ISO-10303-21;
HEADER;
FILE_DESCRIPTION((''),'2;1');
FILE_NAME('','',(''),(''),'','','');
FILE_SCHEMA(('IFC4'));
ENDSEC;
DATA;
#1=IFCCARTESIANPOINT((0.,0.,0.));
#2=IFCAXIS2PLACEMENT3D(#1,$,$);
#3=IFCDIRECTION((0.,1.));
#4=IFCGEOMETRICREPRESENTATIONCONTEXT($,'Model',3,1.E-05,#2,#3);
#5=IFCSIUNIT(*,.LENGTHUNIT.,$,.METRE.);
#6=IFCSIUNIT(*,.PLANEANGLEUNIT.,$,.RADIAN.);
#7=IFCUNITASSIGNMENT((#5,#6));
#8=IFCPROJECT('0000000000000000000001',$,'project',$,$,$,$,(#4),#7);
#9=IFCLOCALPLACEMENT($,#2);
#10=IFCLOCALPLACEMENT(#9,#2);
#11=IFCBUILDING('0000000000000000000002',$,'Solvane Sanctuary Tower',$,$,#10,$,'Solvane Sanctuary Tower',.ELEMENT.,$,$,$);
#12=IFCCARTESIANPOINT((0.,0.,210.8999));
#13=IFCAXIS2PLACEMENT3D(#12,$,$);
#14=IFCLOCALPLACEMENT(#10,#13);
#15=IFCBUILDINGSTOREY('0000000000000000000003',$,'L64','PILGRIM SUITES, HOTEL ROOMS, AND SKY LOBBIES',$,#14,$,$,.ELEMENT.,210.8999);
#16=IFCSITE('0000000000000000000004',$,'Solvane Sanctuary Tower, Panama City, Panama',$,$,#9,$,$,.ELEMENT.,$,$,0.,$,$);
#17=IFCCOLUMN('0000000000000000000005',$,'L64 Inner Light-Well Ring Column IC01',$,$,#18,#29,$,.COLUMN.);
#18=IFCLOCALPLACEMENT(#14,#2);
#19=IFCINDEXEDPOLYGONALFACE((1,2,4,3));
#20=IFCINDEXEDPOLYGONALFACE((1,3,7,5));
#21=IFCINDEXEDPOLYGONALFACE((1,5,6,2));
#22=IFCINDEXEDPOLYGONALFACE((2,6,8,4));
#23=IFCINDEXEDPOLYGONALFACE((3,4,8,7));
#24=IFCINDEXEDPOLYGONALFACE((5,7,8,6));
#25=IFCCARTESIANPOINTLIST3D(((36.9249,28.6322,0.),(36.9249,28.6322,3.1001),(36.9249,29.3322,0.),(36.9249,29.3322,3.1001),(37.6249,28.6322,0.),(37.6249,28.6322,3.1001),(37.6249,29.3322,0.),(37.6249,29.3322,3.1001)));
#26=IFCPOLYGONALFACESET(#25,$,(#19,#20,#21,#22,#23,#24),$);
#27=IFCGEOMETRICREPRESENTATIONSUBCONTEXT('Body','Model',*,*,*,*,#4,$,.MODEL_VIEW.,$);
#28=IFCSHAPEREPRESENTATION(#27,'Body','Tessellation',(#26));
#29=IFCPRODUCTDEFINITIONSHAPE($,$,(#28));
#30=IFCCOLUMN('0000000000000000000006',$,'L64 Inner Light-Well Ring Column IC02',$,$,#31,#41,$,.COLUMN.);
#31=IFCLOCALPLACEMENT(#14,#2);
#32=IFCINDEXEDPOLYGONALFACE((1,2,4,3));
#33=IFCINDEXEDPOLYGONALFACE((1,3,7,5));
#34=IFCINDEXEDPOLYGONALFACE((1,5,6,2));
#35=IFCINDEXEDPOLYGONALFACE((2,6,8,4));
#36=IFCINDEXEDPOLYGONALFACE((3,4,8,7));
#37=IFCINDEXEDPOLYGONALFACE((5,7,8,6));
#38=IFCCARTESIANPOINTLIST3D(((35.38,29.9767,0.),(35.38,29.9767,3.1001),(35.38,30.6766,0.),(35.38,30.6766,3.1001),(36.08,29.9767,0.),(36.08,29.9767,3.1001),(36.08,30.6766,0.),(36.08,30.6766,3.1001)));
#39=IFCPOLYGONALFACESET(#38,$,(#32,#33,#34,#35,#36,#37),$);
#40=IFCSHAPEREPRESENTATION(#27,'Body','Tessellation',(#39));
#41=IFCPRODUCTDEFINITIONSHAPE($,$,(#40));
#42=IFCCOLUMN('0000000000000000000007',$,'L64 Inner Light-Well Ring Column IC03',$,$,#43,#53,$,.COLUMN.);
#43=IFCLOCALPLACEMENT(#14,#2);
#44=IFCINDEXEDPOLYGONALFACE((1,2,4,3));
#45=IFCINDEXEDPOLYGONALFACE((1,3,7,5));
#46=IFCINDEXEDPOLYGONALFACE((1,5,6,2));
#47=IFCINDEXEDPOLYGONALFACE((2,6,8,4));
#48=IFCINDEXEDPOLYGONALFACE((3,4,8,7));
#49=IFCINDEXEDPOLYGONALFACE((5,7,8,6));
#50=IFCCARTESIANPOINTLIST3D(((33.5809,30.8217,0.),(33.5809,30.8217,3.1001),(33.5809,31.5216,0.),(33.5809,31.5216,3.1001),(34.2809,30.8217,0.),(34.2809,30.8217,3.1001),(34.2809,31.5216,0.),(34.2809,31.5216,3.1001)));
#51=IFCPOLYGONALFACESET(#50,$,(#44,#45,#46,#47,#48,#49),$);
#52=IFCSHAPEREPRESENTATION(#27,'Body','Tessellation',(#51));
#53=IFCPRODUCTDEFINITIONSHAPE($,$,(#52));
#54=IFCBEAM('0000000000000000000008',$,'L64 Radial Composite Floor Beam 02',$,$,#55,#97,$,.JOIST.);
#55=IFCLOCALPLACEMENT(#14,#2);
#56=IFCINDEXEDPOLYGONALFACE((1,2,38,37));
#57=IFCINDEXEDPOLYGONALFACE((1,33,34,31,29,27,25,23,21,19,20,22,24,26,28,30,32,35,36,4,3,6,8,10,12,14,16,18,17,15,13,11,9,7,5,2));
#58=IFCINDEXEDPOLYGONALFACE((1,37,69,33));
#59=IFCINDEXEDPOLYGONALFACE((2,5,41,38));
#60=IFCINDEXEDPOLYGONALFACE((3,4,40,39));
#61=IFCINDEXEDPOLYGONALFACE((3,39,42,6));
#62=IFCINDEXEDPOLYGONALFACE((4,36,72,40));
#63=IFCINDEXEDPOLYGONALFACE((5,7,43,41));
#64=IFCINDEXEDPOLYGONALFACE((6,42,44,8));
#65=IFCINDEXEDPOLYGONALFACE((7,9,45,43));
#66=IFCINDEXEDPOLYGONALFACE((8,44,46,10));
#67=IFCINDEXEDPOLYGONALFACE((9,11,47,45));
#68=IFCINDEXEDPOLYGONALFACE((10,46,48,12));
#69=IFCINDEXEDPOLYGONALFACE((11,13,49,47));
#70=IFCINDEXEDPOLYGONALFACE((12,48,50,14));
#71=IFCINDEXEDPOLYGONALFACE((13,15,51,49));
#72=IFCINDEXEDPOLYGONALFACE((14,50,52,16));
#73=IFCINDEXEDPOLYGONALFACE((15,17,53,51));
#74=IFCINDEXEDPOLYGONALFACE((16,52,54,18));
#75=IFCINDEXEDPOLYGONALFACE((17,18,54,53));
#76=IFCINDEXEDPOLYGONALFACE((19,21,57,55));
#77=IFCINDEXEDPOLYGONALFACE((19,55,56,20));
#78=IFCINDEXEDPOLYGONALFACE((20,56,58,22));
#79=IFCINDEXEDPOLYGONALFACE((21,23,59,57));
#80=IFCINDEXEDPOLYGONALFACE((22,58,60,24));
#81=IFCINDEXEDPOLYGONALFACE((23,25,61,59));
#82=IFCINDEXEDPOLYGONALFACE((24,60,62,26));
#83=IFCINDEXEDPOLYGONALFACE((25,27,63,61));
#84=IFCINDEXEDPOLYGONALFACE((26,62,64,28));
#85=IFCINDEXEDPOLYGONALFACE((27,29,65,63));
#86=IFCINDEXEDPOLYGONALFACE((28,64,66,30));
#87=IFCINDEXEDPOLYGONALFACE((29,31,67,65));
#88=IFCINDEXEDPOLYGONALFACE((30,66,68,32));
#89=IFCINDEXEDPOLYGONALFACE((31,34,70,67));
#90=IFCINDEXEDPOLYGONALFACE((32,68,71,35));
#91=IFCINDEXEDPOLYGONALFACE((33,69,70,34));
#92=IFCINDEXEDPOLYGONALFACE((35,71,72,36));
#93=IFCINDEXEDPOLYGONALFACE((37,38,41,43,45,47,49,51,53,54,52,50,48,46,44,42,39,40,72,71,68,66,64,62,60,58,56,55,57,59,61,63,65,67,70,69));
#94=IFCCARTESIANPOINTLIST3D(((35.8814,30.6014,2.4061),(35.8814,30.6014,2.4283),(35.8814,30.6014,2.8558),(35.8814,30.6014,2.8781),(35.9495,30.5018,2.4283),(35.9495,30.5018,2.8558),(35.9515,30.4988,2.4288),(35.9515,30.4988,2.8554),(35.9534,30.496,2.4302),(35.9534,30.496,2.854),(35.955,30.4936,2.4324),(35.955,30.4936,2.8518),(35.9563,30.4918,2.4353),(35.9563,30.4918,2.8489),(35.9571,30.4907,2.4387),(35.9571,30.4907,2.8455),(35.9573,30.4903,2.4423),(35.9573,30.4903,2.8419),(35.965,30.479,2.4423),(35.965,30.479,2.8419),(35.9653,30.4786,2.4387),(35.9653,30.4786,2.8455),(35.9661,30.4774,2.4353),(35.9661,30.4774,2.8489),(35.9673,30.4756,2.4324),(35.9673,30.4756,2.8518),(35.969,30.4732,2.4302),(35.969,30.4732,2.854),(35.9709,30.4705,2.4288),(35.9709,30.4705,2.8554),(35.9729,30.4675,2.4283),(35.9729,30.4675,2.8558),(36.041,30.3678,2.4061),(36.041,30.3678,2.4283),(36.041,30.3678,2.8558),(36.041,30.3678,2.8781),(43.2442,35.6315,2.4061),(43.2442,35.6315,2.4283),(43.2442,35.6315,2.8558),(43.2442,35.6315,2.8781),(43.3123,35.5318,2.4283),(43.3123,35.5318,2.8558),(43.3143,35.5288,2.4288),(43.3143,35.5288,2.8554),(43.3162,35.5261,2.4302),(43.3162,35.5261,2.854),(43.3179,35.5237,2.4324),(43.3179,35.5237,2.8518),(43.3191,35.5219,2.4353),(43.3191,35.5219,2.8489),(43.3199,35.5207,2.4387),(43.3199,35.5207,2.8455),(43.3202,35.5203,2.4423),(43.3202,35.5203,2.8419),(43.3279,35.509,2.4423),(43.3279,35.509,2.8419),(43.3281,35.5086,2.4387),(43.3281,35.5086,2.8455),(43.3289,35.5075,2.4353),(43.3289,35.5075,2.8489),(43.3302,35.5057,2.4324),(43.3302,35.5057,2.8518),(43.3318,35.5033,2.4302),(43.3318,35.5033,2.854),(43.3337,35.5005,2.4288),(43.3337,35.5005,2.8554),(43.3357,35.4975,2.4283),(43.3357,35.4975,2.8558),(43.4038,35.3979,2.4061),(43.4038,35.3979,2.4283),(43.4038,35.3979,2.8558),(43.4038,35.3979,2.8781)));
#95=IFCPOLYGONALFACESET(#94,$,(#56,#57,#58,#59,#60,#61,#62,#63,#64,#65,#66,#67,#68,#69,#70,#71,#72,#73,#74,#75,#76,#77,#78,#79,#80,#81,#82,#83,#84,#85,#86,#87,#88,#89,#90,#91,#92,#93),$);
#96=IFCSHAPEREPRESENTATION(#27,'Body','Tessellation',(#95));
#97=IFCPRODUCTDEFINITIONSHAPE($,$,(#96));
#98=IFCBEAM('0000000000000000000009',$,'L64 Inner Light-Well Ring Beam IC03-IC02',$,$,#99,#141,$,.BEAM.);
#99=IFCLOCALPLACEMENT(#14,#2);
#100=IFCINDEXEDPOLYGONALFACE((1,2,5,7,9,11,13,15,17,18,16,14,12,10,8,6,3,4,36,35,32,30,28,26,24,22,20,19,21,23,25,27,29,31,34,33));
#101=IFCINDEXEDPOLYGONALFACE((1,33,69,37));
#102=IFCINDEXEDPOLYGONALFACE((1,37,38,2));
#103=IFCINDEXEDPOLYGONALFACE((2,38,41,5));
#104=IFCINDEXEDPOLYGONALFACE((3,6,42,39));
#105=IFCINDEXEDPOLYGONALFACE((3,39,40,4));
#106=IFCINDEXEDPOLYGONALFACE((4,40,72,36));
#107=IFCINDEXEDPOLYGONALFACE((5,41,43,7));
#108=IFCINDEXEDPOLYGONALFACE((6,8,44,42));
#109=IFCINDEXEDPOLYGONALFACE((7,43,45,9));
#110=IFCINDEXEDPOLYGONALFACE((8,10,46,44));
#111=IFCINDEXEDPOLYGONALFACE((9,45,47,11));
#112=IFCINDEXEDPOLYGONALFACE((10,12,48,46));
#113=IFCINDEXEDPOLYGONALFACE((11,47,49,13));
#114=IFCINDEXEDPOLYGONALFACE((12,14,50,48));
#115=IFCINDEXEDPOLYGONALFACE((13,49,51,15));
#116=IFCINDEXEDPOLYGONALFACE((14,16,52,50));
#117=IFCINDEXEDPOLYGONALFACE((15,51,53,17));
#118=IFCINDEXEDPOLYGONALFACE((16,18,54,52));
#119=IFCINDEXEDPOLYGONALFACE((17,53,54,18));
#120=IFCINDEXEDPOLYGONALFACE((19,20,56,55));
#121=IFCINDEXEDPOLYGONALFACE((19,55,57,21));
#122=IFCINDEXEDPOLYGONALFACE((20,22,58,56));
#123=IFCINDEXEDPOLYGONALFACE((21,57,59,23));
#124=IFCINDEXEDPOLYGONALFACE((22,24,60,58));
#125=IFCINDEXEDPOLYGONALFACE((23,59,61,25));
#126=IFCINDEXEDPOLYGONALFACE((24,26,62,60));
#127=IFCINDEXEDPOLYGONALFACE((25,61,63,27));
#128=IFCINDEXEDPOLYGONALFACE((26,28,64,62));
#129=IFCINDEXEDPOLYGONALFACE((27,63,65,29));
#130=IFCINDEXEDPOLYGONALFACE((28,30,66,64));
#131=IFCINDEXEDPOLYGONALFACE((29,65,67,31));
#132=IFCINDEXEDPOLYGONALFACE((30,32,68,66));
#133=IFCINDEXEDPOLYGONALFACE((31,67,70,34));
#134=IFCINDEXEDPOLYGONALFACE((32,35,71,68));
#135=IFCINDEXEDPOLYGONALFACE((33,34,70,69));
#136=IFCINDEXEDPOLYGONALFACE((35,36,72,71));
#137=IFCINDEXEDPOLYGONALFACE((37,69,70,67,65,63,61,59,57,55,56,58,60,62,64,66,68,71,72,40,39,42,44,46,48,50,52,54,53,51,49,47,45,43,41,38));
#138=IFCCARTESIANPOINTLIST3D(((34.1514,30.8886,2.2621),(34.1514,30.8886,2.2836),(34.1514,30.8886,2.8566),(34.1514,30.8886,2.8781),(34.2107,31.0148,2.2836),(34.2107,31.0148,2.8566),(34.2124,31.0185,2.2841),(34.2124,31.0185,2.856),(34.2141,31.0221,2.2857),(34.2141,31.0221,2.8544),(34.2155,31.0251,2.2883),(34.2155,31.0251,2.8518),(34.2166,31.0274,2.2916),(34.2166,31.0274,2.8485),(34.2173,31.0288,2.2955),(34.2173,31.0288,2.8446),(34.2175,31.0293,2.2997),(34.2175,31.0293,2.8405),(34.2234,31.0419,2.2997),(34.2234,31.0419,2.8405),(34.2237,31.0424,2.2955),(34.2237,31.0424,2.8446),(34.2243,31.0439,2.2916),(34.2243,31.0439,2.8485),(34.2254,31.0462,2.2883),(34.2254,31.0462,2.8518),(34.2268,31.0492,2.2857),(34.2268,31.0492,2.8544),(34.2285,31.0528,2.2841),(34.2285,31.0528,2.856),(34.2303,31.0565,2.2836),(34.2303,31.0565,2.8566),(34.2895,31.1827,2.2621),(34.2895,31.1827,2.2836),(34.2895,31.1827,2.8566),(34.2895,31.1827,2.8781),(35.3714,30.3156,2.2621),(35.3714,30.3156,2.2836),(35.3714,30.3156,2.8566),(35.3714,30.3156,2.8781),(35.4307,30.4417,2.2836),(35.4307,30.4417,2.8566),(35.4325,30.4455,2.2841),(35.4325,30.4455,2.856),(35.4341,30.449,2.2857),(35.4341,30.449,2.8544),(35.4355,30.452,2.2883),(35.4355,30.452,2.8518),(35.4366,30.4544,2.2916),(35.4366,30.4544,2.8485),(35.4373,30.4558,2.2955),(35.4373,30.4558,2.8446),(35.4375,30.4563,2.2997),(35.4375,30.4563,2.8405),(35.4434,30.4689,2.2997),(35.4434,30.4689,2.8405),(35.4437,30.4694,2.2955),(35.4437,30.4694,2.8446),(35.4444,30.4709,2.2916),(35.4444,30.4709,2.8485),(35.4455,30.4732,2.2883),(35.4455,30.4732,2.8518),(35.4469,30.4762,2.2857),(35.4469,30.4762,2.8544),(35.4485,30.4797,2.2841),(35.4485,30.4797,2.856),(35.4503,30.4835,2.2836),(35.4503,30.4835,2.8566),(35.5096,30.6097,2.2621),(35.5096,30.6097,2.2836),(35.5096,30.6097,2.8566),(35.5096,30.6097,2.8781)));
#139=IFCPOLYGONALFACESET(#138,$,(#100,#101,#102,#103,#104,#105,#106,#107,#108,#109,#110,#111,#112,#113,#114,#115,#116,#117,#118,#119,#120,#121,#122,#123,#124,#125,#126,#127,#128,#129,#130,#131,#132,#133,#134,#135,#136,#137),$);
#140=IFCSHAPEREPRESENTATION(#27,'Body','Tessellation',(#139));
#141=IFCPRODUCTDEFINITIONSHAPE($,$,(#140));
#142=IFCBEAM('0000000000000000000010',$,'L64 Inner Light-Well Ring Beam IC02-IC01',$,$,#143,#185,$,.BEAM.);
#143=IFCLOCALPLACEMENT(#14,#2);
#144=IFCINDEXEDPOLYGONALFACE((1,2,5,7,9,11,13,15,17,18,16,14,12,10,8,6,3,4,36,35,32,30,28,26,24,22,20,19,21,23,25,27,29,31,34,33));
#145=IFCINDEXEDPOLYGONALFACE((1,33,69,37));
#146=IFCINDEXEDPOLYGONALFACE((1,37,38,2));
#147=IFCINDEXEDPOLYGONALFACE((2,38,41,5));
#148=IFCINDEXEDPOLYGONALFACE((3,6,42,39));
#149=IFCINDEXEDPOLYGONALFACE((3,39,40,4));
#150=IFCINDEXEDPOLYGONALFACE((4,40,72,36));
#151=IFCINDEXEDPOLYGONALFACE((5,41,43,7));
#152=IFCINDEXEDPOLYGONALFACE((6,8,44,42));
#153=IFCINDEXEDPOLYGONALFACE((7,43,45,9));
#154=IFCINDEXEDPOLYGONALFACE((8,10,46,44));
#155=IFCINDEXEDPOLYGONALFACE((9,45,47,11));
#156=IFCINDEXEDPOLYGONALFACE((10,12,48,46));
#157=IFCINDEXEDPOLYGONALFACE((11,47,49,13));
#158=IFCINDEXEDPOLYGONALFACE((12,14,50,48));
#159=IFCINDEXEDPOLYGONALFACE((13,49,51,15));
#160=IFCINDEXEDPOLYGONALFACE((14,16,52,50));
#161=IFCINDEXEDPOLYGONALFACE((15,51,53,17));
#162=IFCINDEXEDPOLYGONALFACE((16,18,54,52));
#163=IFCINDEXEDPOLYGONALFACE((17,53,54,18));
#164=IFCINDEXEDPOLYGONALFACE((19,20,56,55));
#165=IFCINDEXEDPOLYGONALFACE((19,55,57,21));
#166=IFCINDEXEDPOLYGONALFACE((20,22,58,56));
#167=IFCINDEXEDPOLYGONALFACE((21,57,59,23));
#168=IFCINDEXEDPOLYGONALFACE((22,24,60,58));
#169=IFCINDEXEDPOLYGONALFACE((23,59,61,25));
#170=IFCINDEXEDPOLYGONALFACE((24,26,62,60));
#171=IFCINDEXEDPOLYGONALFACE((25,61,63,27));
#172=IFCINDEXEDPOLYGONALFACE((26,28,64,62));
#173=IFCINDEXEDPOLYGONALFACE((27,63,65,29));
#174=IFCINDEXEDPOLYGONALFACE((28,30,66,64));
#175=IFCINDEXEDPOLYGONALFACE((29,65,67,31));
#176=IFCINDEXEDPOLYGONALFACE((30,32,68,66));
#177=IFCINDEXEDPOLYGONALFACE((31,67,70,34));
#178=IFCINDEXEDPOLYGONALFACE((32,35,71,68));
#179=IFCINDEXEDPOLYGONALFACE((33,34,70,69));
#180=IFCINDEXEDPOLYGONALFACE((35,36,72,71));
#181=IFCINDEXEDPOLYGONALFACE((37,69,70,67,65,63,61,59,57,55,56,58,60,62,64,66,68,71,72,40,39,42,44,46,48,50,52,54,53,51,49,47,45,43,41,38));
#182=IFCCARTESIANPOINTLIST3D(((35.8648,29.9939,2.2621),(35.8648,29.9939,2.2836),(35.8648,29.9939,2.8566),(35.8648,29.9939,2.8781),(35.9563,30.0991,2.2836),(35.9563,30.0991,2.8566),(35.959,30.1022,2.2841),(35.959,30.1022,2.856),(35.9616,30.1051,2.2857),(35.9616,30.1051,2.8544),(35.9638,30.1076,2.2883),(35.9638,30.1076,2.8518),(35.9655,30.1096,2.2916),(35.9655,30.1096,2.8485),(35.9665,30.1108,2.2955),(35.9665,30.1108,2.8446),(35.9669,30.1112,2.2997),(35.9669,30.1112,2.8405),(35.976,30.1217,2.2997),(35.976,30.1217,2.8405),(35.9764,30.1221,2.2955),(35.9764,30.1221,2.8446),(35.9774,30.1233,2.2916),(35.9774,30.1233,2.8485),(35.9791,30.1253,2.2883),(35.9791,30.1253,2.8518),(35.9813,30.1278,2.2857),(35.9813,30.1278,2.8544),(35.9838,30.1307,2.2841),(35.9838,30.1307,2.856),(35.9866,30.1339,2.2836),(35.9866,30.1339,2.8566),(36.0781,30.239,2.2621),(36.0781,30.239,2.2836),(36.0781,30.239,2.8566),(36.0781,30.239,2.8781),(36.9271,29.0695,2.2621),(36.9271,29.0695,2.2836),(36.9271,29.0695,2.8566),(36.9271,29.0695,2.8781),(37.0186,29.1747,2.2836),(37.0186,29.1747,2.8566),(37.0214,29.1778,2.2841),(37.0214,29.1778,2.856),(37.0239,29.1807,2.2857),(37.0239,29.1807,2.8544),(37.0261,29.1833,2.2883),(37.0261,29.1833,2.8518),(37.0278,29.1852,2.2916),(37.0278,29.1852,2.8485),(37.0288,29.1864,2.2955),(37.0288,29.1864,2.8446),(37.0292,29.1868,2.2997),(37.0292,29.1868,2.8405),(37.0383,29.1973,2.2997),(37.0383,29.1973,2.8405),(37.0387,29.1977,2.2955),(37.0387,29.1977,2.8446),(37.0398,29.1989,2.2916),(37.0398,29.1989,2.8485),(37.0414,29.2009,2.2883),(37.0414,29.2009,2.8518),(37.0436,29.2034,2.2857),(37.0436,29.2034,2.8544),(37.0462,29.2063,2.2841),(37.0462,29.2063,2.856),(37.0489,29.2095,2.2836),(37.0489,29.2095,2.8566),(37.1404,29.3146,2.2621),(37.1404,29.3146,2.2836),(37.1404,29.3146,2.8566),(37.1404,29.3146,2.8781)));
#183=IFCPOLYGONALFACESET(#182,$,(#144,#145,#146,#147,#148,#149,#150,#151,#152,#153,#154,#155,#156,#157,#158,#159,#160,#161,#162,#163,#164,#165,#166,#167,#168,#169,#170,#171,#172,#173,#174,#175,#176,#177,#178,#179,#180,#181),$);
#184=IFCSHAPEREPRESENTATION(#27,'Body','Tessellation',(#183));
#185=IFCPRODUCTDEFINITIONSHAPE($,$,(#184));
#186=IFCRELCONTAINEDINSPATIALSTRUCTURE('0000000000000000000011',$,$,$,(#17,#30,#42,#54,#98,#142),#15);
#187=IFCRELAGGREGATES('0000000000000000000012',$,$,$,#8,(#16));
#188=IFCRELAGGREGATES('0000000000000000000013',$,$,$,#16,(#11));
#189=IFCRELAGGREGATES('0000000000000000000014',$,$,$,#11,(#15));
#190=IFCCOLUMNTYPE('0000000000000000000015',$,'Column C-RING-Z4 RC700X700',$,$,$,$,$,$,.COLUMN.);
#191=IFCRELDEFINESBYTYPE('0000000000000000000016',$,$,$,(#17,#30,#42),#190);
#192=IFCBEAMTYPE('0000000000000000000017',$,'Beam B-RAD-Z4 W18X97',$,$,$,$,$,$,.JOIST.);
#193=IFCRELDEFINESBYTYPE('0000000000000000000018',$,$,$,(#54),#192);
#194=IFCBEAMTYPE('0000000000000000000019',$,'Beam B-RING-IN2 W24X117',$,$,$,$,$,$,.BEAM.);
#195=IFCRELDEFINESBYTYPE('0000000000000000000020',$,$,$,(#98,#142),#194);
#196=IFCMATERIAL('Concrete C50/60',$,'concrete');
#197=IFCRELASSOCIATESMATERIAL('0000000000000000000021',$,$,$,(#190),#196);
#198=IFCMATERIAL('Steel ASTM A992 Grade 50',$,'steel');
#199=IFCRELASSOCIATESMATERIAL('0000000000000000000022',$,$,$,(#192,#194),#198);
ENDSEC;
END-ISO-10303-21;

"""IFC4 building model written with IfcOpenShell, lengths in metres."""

from ifc_helpers import new_model, si_unit, direction, frame, origin, origin_2d, place, context, subcontext, project, spatial, rectangle, i_section, extrude, material, material_profile, profile_set, type_object, element, save


model = new_model("IFC4")

# Units and contexts
model_context = context("Model", 3, precision=1e-05, world=origin(), true_north=direction((0.0, 1.0)))
body_context = subcontext(model_context, "Body", "Model", "MODEL_VIEW")
ifc_project = project(units=[si_unit("LENGTHUNIT", "METRE"), si_unit("PLANEANGLEUNIT", "RADIAN")], contexts=[model_context])

# Site, building, storey
site_placement = place(None, origin())
site = spatial("IfcSite", under=ifc_project, at=site_placement, Name="Solvane Sanctuary Tower, Panama City, Panama", CompositionType="ELEMENT", RefElevation=0.0)
building_placement = place(site_placement, origin())
building = spatial("IfcBuilding", under=site, at=building_placement, Name="Solvane Sanctuary Tower", LongName="Solvane Sanctuary Tower", CompositionType="ELEMENT")
storey_placement = place(building_placement, frame((0.0, 0.0, 210.8999)))
storey = spatial("IfcBuildingStorey", under=building, at=storey_placement, Name="L64", Description="PILGRIM SUITES, HOTEL ROOMS, AND SKY LOBBIES", CompositionType="ELEMENT", Elevation=210.8999)

# Columns
ifc_material_1 = material(Name="Concrete C50/60", Category="concrete")
ifc_material_profile_1 = material_profile(ifc_material_1, rectangle(XDim=0.7, YDim=0.7, at=origin_2d()), Name="RC700X700")
ifc_profile_set_1 = profile_set([ifc_material_profile_1], Name="Concrete C50/60")
column_type = type_object("IfcColumnType", Name="Column C-RING-Z4 RC700X700", PredefinedType="COLUMN", material=ifc_profile_set_1)
for number, where, z_axis, x_axis, name in (
    (1, (37.2749, 28.9822, 0.0), (0.0, 0.0, 1.0), (1.0, 0.0, 0.0), "L64 Inner Light-Well Ring Column IC01"),
    (2, (35.73, 30.3267, 0.0), (0.0, 0.0, 1.0), (1.0, 0.0, 0.0), "L64 Inner Light-Well Ring Column IC02"),
    (3, (33.9309, 31.1716, 0.0), (0.0, 0.0, 1.0), (1.0, 0.0, 0.0), "L64 Inner Light-Well Ring Column IC03"),
):
    element("IfcColumn", number, at=place(storey_placement, frame(where, z_axis=z_axis, x_axis=x_axis)), inside=storey, type_object=column_type, Name=name, PredefinedType="COLUMN", context=body_context, shape_type="SweptSolid", body=[
        extrude(rectangle(XDim=0.7, YDim=0.7, at=origin_2d()), origin(), (0.0, 0.0, 1.0), 3.1001),
    ])

# Beams
ifc_material_2 = material(Name="Steel ASTM A992 Grade 50", Category="steel")
ifc_material_profile_2 = material_profile(ifc_material_2, i_section(OverallWidth=0.283, OverallDepth=0.4719, WebThickness=0.0137, FlangeThickness=0.0222, FilletRadius=0.0139, at=origin_2d()), Name="W18X97")
ifc_profile_set_2 = profile_set([ifc_material_profile_2], Name="Steel ASTM A992 Grade 50")
beam_type_1 = type_object("IfcBeamType", Name="Beam B-RAD-Z4 W18X97", PredefinedType="JOIST", material=ifc_profile_set_2)
beam_1_placement = place(storey_placement, frame((35.9612, 30.4846, 2.6421), z_axis=(0.825708, 0.564098, 0.0), x_axis=(-0.564098, 0.825708, 0.0)))
element("IfcBeam", 4, at=beam_1_placement, inside=storey, type_object=beam_type_1, Name="L64 Radial Composite Floor Beam 02", PredefinedType="JOIST", context=body_context, shape_type="SweptSolid", body=[
    extrude(i_section(OverallWidth=0.283, OverallDepth=0.4719, WebThickness=0.0137, FlangeThickness=0.0222, FilletRadius=0.0139, at=origin_2d()), origin(), (0.0, 0.0, 1.0), 8.917),
])
ifc_material_profile_3 = material_profile(ifc_material_2, i_section(OverallWidth=0.325, OverallDepth=0.616, WebThickness=0.0139, FlangeThickness=0.0215, FilletRadius=0.0161, at=origin_2d()), Name="W24X117")
ifc_profile_set_3 = profile_set([ifc_material_profile_3], Name="Steel ASTM A992 Grade 50")
beam_type_2 = type_object("IfcBeamType", Name="Beam B-RING-IN2 W24X117", PredefinedType="BEAM", material=ifc_profile_set_3)
beam_2_placement = place(storey_placement, frame((34.2205, 31.0356, 2.5701), z_axis=(0.905135, -0.425125, 0.0), x_axis=(0.425125, 0.905135, 0.0)))
element("IfcBeam", 5, at=beam_2_placement, inside=storey, type_object=beam_type_2, Name="L64 Inner Light-Well Ring Beam IC03-IC02", PredefinedType="BEAM", context=body_context, shape_type="SweptSolid", body=[
    extrude(i_section(OverallWidth=0.325, OverallDepth=0.616, WebThickness=0.0139, FlangeThickness=0.0215, FilletRadius=0.0161, at=origin_2d()), origin(), (0.0, 0.0, 1.0), 1.3479),
])
beam_3_placement = place(storey_placement, frame((35.9714, 30.1165, 2.5701), z_axis=(0.754389, -0.656428, 0.0), x_axis=(0.656428, 0.754389, 0.0)))
element("IfcBeam", 6, at=beam_3_placement, inside=storey, type_object=beam_type_2, Name="L64 Inner Light-Well Ring Beam IC02-IC01", PredefinedType="BEAM", context=body_context, shape_type="SweptSolid", body=[
    extrude(i_section(OverallWidth=0.325, OverallDepth=0.616, WebThickness=0.0139, FlangeThickness=0.0215, FilletRadius=0.0161, at=origin_2d()), origin(), (0.0, 0.0, 1.0), 1.4082),
])

save(model, "model.ifc")
